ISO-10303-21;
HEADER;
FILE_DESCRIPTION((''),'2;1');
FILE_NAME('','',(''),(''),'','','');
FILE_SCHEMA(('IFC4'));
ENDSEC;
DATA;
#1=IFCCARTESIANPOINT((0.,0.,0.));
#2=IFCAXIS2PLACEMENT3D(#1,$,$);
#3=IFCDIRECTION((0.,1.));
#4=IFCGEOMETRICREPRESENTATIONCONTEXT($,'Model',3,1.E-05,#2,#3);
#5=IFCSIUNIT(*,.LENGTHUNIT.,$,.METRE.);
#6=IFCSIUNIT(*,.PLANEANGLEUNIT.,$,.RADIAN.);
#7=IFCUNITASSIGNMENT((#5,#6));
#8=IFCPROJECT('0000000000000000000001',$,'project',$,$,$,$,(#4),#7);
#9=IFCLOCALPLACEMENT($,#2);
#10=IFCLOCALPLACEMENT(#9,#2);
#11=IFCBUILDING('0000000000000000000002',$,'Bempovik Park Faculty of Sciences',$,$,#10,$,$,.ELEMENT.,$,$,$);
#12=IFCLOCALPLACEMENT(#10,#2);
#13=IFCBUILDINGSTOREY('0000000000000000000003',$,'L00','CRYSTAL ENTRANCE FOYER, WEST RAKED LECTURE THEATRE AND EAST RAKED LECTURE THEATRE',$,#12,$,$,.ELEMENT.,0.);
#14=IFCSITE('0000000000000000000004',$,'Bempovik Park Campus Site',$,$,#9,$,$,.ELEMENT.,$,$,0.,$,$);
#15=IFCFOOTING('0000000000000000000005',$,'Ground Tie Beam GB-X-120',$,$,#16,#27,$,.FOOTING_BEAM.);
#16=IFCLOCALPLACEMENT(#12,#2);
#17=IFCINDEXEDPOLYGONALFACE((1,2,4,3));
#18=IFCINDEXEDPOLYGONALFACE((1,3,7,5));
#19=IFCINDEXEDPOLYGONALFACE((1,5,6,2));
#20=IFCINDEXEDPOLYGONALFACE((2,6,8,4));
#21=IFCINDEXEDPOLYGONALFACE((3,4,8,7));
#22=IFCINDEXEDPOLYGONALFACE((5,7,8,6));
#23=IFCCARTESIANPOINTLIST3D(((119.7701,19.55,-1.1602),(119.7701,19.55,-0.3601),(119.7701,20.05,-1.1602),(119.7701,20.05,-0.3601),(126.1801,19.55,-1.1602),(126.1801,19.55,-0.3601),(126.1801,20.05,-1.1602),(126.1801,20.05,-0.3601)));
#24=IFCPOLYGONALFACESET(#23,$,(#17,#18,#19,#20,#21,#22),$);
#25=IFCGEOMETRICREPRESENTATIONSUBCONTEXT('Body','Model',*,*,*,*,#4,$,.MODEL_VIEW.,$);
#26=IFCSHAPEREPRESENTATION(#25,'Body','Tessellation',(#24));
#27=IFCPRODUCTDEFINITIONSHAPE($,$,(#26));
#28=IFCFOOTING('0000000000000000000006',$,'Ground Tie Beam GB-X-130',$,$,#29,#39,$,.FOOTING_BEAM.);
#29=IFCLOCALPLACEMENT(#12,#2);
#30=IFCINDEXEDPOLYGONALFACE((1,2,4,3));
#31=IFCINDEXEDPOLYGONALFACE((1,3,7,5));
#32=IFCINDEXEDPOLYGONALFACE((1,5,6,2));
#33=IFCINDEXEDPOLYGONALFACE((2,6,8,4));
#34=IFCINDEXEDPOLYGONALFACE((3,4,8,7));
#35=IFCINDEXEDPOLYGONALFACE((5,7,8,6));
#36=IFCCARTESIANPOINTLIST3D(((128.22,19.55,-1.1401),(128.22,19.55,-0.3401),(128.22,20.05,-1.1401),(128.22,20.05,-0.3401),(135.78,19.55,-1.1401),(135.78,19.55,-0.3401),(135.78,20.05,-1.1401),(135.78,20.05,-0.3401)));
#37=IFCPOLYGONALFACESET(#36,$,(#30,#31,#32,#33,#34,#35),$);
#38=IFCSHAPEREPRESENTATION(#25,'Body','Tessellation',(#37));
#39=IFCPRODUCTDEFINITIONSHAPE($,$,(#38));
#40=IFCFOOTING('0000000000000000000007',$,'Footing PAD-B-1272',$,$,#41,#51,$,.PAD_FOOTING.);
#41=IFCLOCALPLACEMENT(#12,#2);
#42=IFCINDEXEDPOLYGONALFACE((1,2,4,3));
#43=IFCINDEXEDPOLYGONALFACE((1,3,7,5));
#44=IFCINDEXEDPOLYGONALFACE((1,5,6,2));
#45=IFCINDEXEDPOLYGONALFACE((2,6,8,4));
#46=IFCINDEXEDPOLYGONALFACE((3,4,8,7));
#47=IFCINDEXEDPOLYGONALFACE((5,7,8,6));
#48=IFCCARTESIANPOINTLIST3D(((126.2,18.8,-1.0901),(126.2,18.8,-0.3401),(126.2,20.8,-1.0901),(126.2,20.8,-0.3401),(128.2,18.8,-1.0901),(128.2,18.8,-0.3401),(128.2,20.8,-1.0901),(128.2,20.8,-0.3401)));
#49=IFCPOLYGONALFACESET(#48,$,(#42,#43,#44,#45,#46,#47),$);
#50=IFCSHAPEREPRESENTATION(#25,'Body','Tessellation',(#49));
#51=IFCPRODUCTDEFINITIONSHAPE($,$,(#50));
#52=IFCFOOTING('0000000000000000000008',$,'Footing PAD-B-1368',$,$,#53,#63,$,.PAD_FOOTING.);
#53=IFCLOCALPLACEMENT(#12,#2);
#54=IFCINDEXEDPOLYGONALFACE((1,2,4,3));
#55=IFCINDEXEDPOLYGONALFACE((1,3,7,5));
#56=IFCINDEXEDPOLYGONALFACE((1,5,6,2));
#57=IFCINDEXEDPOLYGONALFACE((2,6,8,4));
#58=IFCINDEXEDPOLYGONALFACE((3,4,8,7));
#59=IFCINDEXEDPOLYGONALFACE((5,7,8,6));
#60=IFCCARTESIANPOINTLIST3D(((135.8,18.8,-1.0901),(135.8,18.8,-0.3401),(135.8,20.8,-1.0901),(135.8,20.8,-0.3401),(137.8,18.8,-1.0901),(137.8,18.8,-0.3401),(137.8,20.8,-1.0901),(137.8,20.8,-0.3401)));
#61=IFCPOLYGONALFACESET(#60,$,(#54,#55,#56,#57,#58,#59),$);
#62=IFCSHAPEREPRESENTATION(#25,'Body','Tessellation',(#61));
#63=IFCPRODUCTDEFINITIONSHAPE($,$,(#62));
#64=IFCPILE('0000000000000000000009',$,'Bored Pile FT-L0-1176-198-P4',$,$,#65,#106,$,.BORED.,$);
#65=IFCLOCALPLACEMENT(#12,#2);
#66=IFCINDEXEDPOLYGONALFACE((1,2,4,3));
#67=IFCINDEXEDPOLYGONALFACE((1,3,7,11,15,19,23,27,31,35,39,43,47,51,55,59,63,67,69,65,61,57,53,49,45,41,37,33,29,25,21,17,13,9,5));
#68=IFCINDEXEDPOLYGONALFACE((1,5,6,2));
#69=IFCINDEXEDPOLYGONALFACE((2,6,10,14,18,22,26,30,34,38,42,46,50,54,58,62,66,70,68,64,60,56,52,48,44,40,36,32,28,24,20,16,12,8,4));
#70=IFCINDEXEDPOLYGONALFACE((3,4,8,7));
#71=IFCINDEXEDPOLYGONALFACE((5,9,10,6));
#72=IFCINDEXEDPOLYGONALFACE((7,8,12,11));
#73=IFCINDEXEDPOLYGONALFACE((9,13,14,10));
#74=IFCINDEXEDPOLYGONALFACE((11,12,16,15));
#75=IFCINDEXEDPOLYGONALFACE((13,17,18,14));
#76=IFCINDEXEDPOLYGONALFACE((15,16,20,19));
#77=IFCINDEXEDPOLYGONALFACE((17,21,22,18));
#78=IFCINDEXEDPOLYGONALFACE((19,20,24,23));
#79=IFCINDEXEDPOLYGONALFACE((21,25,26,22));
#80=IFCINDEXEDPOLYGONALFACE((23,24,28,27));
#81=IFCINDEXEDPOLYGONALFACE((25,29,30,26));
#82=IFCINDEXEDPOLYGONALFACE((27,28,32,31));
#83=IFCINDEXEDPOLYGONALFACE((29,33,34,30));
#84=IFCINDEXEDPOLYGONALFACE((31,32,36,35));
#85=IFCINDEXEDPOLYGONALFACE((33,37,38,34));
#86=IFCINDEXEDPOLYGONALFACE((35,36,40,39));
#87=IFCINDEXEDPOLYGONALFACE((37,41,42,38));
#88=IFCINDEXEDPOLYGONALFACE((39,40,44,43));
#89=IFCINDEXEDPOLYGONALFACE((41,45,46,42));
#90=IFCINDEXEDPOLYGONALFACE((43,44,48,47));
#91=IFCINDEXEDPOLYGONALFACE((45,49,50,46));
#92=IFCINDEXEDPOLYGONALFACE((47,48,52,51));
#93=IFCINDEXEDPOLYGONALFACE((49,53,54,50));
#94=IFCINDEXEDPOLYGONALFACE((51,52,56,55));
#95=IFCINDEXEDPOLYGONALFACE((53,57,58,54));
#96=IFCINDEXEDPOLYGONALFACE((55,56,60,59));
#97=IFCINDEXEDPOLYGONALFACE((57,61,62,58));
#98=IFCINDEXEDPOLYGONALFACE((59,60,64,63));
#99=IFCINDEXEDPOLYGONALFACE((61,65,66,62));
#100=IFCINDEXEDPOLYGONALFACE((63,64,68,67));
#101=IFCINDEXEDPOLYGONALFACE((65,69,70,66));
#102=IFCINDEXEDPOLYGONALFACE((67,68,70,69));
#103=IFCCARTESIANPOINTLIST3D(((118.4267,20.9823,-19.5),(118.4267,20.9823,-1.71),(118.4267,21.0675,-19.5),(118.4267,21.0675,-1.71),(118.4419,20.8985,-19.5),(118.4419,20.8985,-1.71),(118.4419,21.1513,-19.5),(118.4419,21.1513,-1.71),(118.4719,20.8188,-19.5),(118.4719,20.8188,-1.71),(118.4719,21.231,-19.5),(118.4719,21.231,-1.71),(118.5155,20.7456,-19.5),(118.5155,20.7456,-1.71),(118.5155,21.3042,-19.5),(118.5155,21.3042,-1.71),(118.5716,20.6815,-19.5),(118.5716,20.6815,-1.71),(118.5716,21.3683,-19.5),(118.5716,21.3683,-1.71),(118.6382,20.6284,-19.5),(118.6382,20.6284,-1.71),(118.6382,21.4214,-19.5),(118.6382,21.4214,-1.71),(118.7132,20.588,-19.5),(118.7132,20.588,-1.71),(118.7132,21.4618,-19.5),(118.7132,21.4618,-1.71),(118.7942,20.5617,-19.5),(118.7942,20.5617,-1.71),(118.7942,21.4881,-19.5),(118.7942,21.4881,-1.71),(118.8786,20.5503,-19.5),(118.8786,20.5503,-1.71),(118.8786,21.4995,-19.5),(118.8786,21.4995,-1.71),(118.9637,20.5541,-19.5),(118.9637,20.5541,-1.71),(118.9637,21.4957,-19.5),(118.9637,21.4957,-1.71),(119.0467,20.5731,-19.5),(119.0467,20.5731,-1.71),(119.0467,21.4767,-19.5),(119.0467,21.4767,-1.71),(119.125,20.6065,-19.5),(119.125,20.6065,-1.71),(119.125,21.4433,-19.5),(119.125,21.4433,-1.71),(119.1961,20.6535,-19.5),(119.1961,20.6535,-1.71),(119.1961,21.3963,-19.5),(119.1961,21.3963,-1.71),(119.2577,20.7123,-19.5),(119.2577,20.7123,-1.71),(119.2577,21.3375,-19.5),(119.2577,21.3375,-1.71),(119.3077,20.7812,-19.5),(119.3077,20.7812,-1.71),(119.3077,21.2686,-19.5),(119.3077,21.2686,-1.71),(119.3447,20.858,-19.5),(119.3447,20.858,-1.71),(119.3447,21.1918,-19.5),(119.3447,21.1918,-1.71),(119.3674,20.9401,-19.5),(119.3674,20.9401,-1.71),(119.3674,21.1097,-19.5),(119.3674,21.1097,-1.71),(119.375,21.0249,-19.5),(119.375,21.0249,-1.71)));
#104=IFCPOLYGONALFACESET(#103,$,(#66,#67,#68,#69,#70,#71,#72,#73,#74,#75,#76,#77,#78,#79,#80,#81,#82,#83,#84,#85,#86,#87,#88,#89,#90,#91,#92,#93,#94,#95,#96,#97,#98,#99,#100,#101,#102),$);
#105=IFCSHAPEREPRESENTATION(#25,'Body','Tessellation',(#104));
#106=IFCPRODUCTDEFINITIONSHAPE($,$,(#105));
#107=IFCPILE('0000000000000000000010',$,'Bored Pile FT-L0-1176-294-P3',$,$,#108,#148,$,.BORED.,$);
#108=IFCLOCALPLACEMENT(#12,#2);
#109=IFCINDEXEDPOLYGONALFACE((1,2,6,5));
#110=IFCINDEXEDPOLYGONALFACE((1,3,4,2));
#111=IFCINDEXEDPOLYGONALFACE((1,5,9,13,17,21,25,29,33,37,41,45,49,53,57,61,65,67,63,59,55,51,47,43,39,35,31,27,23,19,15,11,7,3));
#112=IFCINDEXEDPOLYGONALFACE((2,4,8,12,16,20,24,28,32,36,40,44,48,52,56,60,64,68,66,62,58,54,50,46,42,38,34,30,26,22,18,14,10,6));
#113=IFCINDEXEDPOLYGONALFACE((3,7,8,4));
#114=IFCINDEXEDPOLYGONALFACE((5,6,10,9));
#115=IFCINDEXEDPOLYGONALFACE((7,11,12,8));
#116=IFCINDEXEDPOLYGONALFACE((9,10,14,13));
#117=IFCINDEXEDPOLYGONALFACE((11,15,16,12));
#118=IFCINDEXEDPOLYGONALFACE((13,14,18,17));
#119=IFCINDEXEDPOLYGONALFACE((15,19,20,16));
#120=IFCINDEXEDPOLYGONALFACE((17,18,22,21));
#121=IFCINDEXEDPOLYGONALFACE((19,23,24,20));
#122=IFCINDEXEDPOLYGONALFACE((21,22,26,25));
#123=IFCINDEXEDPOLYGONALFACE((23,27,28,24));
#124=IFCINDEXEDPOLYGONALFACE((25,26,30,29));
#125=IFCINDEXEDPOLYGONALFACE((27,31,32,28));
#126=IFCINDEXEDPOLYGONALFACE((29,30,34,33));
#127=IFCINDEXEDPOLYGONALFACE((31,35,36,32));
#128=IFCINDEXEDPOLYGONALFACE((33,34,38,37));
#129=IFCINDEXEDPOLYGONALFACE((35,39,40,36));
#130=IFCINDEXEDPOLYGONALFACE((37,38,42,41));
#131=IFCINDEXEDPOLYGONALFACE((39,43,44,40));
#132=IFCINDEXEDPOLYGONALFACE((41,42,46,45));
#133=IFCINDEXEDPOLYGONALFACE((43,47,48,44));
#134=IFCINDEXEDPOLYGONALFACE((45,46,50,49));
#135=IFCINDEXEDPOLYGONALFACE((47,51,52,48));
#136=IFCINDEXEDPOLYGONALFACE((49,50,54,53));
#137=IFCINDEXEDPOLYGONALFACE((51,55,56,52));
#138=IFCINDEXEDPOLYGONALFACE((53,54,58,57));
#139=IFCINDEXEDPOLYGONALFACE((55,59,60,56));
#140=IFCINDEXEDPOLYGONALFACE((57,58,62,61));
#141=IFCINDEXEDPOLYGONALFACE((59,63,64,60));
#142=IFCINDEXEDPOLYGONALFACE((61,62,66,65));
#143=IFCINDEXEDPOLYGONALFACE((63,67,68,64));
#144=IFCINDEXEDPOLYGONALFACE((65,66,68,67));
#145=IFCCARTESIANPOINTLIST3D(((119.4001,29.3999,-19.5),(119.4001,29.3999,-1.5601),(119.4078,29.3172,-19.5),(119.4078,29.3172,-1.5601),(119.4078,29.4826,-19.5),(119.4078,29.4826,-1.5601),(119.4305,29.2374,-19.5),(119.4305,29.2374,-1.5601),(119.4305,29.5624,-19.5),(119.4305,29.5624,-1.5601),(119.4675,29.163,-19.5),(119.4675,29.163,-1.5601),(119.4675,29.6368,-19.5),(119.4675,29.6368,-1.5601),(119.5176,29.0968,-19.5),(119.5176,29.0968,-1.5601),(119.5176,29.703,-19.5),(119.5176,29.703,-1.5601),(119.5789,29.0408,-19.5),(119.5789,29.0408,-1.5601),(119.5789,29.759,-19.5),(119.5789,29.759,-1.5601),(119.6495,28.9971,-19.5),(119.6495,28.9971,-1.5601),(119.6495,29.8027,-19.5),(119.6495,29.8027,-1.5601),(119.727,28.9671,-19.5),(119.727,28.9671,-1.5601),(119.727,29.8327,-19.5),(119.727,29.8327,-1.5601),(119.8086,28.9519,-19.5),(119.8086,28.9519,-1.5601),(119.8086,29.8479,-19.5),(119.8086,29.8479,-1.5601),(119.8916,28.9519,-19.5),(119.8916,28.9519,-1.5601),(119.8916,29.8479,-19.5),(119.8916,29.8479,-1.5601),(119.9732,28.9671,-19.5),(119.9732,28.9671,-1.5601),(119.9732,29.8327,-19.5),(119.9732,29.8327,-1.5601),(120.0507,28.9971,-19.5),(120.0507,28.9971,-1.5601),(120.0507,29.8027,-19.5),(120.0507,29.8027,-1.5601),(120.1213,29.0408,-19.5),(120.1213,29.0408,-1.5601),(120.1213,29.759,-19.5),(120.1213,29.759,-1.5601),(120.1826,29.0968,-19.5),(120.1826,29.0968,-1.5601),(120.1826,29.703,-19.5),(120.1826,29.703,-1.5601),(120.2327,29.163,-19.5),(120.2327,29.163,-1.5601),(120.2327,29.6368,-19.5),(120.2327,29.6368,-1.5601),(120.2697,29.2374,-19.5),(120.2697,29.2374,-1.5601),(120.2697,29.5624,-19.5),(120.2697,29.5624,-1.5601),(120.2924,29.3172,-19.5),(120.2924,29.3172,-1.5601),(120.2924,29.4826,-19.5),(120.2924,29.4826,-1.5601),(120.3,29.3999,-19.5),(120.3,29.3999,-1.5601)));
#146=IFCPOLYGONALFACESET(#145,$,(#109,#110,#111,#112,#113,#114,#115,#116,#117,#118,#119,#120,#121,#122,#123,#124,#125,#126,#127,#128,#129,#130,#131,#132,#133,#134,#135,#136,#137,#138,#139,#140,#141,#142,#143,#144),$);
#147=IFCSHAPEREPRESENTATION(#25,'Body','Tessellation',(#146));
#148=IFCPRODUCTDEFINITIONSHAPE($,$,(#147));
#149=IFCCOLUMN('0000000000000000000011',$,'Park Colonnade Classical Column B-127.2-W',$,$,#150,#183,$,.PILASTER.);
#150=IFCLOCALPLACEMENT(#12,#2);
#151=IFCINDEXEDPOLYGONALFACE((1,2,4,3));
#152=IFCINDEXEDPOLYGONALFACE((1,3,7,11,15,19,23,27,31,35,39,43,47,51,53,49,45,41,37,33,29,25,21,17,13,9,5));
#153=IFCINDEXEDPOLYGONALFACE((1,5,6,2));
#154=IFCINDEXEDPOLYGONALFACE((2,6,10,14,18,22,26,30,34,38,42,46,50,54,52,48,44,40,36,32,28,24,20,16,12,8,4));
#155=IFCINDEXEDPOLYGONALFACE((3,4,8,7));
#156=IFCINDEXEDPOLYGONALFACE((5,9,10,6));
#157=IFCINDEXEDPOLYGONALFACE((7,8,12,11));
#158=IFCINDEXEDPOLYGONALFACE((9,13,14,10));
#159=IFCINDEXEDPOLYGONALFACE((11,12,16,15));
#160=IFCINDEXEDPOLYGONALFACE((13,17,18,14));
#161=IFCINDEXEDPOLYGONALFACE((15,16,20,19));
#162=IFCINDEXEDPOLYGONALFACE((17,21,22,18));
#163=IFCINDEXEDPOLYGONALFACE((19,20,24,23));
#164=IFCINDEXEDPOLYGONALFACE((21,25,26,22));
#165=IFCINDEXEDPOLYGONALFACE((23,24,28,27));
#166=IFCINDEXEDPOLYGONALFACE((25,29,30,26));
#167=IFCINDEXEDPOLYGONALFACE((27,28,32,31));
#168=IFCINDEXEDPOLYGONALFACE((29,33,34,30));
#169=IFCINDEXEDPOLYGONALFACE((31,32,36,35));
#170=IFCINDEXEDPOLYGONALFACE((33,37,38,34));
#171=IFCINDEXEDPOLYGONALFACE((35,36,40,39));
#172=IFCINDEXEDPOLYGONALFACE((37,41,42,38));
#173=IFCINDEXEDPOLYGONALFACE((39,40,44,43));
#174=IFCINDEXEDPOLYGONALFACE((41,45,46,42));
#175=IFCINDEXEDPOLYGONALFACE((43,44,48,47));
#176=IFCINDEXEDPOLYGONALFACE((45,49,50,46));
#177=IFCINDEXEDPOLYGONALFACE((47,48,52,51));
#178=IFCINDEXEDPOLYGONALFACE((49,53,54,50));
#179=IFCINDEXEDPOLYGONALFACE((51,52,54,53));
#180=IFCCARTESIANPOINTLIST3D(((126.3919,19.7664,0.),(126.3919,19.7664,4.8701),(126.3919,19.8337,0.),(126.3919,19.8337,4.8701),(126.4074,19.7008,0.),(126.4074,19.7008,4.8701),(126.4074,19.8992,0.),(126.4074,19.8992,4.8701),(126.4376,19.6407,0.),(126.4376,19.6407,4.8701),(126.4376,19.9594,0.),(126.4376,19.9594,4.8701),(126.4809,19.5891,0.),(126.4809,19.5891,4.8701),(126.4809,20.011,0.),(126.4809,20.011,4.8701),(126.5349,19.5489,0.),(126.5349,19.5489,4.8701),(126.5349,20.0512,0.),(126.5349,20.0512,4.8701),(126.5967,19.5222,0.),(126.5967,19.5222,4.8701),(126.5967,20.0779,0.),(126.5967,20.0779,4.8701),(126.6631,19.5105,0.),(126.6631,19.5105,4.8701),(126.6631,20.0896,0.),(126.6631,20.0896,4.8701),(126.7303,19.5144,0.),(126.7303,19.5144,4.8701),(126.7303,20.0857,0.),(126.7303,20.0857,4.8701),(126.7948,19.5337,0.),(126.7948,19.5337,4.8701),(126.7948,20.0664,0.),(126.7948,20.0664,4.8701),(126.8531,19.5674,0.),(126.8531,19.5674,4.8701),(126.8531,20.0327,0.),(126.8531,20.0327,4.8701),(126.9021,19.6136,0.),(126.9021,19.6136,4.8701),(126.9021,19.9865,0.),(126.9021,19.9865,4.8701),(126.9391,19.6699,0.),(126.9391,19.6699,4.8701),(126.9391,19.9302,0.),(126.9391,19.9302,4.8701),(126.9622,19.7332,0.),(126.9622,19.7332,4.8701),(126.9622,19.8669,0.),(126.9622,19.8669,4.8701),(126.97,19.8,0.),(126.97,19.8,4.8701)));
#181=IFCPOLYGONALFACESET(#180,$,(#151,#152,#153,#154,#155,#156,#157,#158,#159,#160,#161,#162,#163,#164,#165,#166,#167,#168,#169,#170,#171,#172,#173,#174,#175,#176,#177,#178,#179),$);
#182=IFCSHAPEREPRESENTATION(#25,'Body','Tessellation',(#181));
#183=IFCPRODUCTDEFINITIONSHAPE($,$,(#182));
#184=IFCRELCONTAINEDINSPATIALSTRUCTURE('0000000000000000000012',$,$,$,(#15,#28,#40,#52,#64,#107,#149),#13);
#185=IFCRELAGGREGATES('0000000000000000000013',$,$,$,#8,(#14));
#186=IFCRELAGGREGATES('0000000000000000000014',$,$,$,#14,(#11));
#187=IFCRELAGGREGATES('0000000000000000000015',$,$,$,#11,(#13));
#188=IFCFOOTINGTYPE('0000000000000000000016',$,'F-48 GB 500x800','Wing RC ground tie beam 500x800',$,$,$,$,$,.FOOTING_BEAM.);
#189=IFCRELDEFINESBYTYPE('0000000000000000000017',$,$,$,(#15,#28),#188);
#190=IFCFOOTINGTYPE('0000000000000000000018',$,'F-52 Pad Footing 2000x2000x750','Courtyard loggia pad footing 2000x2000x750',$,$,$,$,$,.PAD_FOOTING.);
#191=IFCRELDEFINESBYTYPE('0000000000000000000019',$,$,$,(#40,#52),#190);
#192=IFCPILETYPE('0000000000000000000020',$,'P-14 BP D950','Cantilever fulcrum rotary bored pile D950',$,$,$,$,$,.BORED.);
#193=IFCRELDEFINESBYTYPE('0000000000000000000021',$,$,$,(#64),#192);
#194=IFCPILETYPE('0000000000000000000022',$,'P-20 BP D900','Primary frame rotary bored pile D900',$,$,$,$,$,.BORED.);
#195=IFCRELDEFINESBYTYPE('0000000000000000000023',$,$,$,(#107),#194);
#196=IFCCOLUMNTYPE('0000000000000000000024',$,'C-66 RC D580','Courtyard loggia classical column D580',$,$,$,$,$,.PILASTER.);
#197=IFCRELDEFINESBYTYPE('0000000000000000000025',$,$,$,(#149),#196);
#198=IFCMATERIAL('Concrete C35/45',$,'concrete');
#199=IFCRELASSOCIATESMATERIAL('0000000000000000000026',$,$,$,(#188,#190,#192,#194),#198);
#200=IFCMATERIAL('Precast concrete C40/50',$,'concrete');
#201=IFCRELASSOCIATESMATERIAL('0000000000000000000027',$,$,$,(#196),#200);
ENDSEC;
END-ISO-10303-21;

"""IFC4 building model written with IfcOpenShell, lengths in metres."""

from ifc_helpers import new_model, si_unit, direction, frame, origin, origin_2d, place, context, subcontext, project, spatial, rectangle, circle, extrude, material, material_profile, profile_set, type_object, element, save


model = new_model("IFC4")

# Units and contexts
model_context = context("Model", 3, precision=1e-05, world=origin(), true_north=direction((0.0, 1.0)))
body_context = subcontext(model_context, "Body", "Model", "MODEL_VIEW")
ifc_project = project(units=[si_unit("LENGTHUNIT", "METRE"), si_unit("PLANEANGLEUNIT", "RADIAN")], contexts=[model_context])

# Site, building, storey
site_placement = place(None, origin())
site = spatial("IfcSite", under=ifc_project, at=site_placement, Name="Bempovik Park Campus Site", CompositionType="ELEMENT", RefElevation=0.0)
building_placement = place(site_placement, origin())
building = spatial("IfcBuilding", under=site, at=building_placement, Name="Bempovik Park Faculty of Sciences", CompositionType="ELEMENT")
storey_placement = place(building_placement, origin())
storey = spatial("IfcBuildingStorey", under=building, at=storey_placement, Name="L00", Description="CRYSTAL ENTRANCE FOYER, WEST RAKED LECTURE THEATRE AND EAST RAKED LECTURE THEATRE", CompositionType="ELEMENT", Elevation=0.0)

# Footings
ifc_material_1 = material(Name="Concrete C35/45", Category="concrete")
footing_type_1 = type_object("IfcFootingType", Name="F-48 GB 500x800", Description="Wing RC ground tie beam 500x800", PredefinedType="FOOTING_BEAM", material=ifc_material_1)
footing_1_placement = place(storey_placement, frame((122.9751, 19.8, -1.1602), z_axis=(0.0, 0.0, 1.0), x_axis=(1.0, 0.0, 0.0)))
element("IfcFooting", 1, at=footing_1_placement, inside=storey, type_object=footing_type_1, Name="Ground Tie Beam GB-X-120", PredefinedType="FOOTING_BEAM", context=body_context, shape_type="SweptSolid", body=[
    extrude(rectangle(XDim=6.4099, YDim=0.5, at=origin_2d()), origin(), (0.0, 0.0, 1.0), 0.8),
])
footing_2_placement = place(storey_placement, frame((132.0, 19.8, -1.1401), z_axis=(0.0, 0.0, 1.0), x_axis=(1.0, 0.0, 0.0)))
element("IfcFooting", 2, at=footing_2_placement, inside=storey, type_object=footing_type_1, Name="Ground Tie Beam GB-X-130", PredefinedType="FOOTING_BEAM", context=body_context, shape_type="SweptSolid", body=[
    extrude(rectangle(XDim=7.5601, YDim=0.5, at=origin_2d()), origin(), (0.0, 0.0, 1.0), 0.8),
])
footing_type_2 = type_object("IfcFootingType", Name="F-52 Pad Footing 2000x2000x750", Description="Courtyard loggia pad footing 2000x2000x750", PredefinedType="PAD_FOOTING", material=ifc_material_1)
for number, where, z_axis, x_axis, name in (
    (3, (127.2, 19.8, -1.0901), (0.0, 0.0, 1.0), (1.0, 0.0, 0.0), "Footing PAD-B-1272"),
    (4, (136.8, 19.8, -1.0901), (0.0, 0.0, 1.0), (1.0, 0.0, 0.0), "Footing PAD-B-1368"),
):
    element("IfcFooting", number, at=place(storey_placement, frame(where, z_axis=z_axis, x_axis=x_axis)), inside=storey, type_object=footing_type_2, Name=name, PredefinedType="PAD_FOOTING", context=body_context, shape_type="SweptSolid", body=[
        extrude(rectangle(XDim=2.0, YDim=2.0, at=origin_2d()), origin(), (0.0, 0.0, 1.0), 0.75),
    ])

# Piles
ifc_material_profile_1 = material_profile(ifc_material_1, circle(Radius=0.4751, at=origin_2d()), Name="BP D950")
ifc_profile_set_1 = profile_set([ifc_material_profile_1], Name="Concrete C35/45")
pile_type_1 = type_object("IfcPileType", Name="P-14 BP D950", Description="Cantilever fulcrum rotary bored pile D950", PredefinedType="BORED", material=ifc_profile_set_1)
pile_1_placement = place(storey_placement, frame((118.8999, 21.0249, -1.71), z_axis=(0.0, 0.0, -1.0), x_axis=(1.0, 0.0, 0.0)))
element("IfcPile", 5, at=pile_1_placement, inside=storey, type_object=pile_type_1, Name="Bored Pile FT-L0-1176-198-P4", PredefinedType="BORED", context=body_context, shape_type="SweptSolid", body=[
    extrude(circle(Radius=0.4751, at=origin_2d()), origin(), (0.0, 0.0, 1.0), 17.79),
])
ifc_material_profile_2 = material_profile(ifc_material_1, circle(Radius=0.45, at=origin_2d()), Name="BP D900")
ifc_profile_set_2 = profile_set([ifc_material_profile_2], Name="Concrete C35/45")
pile_type_2 = type_object("IfcPileType", Name="P-20 BP D900", Description="Primary frame rotary bored pile D900", PredefinedType="BORED", material=ifc_profile_set_2)
pile_2_placement = place(storey_placement, frame((119.8501, 29.3999, -1.5601), z_axis=(0.0, 0.0, -1.0), x_axis=(1.0, 0.0, 0.0)))
element("IfcPile", 6, at=pile_2_placement, inside=storey, type_object=pile_type_2, Name="Bored Pile FT-L0-1176-294-P3", PredefinedType="BORED", context=body_context, shape_type="SweptSolid", body=[
    extrude(circle(Radius=0.45, at=origin_2d()), origin(), (0.0, 0.0, 1.0), 17.9399),
])

# Column
ifc_material_2 = material(Name="Precast concrete C40/50", Category="concrete")
ifc_material_profile_3 = material_profile(ifc_material_2, circle(Radius=0.29, at=origin_2d()), Name="RC D580")
ifc_profile_set_3 = profile_set([ifc_material_profile_3], Name="Precast concrete C40/50")
column_type = type_object("IfcColumnType", Name="C-66 RC D580", Description="Courtyard loggia classical column D580", PredefinedType="PILASTER", material=ifc_profile_set_3)
for number, where, z_axis, x_axis, name in (
    (7, (126.6799, 19.8, 0.0), (0.0, 0.0, 1.0), (1.0, 0.0, 0.0), "Park Colonnade Classical Column B-127.2-W"),
):
    element("IfcColumn", number, at=place(storey_placement, frame(where, z_axis=z_axis, x_axis=x_axis)), inside=storey, type_object=column_type, Name=name, PredefinedType="PILASTER", context=body_context, shape_type="SweptSolid", body=[
        extrude(circle(Radius=0.29, at=origin_2d()), origin(), (0.0, 0.0, 1.0), 4.8701),
    ])

save(model, "model.ifc")
